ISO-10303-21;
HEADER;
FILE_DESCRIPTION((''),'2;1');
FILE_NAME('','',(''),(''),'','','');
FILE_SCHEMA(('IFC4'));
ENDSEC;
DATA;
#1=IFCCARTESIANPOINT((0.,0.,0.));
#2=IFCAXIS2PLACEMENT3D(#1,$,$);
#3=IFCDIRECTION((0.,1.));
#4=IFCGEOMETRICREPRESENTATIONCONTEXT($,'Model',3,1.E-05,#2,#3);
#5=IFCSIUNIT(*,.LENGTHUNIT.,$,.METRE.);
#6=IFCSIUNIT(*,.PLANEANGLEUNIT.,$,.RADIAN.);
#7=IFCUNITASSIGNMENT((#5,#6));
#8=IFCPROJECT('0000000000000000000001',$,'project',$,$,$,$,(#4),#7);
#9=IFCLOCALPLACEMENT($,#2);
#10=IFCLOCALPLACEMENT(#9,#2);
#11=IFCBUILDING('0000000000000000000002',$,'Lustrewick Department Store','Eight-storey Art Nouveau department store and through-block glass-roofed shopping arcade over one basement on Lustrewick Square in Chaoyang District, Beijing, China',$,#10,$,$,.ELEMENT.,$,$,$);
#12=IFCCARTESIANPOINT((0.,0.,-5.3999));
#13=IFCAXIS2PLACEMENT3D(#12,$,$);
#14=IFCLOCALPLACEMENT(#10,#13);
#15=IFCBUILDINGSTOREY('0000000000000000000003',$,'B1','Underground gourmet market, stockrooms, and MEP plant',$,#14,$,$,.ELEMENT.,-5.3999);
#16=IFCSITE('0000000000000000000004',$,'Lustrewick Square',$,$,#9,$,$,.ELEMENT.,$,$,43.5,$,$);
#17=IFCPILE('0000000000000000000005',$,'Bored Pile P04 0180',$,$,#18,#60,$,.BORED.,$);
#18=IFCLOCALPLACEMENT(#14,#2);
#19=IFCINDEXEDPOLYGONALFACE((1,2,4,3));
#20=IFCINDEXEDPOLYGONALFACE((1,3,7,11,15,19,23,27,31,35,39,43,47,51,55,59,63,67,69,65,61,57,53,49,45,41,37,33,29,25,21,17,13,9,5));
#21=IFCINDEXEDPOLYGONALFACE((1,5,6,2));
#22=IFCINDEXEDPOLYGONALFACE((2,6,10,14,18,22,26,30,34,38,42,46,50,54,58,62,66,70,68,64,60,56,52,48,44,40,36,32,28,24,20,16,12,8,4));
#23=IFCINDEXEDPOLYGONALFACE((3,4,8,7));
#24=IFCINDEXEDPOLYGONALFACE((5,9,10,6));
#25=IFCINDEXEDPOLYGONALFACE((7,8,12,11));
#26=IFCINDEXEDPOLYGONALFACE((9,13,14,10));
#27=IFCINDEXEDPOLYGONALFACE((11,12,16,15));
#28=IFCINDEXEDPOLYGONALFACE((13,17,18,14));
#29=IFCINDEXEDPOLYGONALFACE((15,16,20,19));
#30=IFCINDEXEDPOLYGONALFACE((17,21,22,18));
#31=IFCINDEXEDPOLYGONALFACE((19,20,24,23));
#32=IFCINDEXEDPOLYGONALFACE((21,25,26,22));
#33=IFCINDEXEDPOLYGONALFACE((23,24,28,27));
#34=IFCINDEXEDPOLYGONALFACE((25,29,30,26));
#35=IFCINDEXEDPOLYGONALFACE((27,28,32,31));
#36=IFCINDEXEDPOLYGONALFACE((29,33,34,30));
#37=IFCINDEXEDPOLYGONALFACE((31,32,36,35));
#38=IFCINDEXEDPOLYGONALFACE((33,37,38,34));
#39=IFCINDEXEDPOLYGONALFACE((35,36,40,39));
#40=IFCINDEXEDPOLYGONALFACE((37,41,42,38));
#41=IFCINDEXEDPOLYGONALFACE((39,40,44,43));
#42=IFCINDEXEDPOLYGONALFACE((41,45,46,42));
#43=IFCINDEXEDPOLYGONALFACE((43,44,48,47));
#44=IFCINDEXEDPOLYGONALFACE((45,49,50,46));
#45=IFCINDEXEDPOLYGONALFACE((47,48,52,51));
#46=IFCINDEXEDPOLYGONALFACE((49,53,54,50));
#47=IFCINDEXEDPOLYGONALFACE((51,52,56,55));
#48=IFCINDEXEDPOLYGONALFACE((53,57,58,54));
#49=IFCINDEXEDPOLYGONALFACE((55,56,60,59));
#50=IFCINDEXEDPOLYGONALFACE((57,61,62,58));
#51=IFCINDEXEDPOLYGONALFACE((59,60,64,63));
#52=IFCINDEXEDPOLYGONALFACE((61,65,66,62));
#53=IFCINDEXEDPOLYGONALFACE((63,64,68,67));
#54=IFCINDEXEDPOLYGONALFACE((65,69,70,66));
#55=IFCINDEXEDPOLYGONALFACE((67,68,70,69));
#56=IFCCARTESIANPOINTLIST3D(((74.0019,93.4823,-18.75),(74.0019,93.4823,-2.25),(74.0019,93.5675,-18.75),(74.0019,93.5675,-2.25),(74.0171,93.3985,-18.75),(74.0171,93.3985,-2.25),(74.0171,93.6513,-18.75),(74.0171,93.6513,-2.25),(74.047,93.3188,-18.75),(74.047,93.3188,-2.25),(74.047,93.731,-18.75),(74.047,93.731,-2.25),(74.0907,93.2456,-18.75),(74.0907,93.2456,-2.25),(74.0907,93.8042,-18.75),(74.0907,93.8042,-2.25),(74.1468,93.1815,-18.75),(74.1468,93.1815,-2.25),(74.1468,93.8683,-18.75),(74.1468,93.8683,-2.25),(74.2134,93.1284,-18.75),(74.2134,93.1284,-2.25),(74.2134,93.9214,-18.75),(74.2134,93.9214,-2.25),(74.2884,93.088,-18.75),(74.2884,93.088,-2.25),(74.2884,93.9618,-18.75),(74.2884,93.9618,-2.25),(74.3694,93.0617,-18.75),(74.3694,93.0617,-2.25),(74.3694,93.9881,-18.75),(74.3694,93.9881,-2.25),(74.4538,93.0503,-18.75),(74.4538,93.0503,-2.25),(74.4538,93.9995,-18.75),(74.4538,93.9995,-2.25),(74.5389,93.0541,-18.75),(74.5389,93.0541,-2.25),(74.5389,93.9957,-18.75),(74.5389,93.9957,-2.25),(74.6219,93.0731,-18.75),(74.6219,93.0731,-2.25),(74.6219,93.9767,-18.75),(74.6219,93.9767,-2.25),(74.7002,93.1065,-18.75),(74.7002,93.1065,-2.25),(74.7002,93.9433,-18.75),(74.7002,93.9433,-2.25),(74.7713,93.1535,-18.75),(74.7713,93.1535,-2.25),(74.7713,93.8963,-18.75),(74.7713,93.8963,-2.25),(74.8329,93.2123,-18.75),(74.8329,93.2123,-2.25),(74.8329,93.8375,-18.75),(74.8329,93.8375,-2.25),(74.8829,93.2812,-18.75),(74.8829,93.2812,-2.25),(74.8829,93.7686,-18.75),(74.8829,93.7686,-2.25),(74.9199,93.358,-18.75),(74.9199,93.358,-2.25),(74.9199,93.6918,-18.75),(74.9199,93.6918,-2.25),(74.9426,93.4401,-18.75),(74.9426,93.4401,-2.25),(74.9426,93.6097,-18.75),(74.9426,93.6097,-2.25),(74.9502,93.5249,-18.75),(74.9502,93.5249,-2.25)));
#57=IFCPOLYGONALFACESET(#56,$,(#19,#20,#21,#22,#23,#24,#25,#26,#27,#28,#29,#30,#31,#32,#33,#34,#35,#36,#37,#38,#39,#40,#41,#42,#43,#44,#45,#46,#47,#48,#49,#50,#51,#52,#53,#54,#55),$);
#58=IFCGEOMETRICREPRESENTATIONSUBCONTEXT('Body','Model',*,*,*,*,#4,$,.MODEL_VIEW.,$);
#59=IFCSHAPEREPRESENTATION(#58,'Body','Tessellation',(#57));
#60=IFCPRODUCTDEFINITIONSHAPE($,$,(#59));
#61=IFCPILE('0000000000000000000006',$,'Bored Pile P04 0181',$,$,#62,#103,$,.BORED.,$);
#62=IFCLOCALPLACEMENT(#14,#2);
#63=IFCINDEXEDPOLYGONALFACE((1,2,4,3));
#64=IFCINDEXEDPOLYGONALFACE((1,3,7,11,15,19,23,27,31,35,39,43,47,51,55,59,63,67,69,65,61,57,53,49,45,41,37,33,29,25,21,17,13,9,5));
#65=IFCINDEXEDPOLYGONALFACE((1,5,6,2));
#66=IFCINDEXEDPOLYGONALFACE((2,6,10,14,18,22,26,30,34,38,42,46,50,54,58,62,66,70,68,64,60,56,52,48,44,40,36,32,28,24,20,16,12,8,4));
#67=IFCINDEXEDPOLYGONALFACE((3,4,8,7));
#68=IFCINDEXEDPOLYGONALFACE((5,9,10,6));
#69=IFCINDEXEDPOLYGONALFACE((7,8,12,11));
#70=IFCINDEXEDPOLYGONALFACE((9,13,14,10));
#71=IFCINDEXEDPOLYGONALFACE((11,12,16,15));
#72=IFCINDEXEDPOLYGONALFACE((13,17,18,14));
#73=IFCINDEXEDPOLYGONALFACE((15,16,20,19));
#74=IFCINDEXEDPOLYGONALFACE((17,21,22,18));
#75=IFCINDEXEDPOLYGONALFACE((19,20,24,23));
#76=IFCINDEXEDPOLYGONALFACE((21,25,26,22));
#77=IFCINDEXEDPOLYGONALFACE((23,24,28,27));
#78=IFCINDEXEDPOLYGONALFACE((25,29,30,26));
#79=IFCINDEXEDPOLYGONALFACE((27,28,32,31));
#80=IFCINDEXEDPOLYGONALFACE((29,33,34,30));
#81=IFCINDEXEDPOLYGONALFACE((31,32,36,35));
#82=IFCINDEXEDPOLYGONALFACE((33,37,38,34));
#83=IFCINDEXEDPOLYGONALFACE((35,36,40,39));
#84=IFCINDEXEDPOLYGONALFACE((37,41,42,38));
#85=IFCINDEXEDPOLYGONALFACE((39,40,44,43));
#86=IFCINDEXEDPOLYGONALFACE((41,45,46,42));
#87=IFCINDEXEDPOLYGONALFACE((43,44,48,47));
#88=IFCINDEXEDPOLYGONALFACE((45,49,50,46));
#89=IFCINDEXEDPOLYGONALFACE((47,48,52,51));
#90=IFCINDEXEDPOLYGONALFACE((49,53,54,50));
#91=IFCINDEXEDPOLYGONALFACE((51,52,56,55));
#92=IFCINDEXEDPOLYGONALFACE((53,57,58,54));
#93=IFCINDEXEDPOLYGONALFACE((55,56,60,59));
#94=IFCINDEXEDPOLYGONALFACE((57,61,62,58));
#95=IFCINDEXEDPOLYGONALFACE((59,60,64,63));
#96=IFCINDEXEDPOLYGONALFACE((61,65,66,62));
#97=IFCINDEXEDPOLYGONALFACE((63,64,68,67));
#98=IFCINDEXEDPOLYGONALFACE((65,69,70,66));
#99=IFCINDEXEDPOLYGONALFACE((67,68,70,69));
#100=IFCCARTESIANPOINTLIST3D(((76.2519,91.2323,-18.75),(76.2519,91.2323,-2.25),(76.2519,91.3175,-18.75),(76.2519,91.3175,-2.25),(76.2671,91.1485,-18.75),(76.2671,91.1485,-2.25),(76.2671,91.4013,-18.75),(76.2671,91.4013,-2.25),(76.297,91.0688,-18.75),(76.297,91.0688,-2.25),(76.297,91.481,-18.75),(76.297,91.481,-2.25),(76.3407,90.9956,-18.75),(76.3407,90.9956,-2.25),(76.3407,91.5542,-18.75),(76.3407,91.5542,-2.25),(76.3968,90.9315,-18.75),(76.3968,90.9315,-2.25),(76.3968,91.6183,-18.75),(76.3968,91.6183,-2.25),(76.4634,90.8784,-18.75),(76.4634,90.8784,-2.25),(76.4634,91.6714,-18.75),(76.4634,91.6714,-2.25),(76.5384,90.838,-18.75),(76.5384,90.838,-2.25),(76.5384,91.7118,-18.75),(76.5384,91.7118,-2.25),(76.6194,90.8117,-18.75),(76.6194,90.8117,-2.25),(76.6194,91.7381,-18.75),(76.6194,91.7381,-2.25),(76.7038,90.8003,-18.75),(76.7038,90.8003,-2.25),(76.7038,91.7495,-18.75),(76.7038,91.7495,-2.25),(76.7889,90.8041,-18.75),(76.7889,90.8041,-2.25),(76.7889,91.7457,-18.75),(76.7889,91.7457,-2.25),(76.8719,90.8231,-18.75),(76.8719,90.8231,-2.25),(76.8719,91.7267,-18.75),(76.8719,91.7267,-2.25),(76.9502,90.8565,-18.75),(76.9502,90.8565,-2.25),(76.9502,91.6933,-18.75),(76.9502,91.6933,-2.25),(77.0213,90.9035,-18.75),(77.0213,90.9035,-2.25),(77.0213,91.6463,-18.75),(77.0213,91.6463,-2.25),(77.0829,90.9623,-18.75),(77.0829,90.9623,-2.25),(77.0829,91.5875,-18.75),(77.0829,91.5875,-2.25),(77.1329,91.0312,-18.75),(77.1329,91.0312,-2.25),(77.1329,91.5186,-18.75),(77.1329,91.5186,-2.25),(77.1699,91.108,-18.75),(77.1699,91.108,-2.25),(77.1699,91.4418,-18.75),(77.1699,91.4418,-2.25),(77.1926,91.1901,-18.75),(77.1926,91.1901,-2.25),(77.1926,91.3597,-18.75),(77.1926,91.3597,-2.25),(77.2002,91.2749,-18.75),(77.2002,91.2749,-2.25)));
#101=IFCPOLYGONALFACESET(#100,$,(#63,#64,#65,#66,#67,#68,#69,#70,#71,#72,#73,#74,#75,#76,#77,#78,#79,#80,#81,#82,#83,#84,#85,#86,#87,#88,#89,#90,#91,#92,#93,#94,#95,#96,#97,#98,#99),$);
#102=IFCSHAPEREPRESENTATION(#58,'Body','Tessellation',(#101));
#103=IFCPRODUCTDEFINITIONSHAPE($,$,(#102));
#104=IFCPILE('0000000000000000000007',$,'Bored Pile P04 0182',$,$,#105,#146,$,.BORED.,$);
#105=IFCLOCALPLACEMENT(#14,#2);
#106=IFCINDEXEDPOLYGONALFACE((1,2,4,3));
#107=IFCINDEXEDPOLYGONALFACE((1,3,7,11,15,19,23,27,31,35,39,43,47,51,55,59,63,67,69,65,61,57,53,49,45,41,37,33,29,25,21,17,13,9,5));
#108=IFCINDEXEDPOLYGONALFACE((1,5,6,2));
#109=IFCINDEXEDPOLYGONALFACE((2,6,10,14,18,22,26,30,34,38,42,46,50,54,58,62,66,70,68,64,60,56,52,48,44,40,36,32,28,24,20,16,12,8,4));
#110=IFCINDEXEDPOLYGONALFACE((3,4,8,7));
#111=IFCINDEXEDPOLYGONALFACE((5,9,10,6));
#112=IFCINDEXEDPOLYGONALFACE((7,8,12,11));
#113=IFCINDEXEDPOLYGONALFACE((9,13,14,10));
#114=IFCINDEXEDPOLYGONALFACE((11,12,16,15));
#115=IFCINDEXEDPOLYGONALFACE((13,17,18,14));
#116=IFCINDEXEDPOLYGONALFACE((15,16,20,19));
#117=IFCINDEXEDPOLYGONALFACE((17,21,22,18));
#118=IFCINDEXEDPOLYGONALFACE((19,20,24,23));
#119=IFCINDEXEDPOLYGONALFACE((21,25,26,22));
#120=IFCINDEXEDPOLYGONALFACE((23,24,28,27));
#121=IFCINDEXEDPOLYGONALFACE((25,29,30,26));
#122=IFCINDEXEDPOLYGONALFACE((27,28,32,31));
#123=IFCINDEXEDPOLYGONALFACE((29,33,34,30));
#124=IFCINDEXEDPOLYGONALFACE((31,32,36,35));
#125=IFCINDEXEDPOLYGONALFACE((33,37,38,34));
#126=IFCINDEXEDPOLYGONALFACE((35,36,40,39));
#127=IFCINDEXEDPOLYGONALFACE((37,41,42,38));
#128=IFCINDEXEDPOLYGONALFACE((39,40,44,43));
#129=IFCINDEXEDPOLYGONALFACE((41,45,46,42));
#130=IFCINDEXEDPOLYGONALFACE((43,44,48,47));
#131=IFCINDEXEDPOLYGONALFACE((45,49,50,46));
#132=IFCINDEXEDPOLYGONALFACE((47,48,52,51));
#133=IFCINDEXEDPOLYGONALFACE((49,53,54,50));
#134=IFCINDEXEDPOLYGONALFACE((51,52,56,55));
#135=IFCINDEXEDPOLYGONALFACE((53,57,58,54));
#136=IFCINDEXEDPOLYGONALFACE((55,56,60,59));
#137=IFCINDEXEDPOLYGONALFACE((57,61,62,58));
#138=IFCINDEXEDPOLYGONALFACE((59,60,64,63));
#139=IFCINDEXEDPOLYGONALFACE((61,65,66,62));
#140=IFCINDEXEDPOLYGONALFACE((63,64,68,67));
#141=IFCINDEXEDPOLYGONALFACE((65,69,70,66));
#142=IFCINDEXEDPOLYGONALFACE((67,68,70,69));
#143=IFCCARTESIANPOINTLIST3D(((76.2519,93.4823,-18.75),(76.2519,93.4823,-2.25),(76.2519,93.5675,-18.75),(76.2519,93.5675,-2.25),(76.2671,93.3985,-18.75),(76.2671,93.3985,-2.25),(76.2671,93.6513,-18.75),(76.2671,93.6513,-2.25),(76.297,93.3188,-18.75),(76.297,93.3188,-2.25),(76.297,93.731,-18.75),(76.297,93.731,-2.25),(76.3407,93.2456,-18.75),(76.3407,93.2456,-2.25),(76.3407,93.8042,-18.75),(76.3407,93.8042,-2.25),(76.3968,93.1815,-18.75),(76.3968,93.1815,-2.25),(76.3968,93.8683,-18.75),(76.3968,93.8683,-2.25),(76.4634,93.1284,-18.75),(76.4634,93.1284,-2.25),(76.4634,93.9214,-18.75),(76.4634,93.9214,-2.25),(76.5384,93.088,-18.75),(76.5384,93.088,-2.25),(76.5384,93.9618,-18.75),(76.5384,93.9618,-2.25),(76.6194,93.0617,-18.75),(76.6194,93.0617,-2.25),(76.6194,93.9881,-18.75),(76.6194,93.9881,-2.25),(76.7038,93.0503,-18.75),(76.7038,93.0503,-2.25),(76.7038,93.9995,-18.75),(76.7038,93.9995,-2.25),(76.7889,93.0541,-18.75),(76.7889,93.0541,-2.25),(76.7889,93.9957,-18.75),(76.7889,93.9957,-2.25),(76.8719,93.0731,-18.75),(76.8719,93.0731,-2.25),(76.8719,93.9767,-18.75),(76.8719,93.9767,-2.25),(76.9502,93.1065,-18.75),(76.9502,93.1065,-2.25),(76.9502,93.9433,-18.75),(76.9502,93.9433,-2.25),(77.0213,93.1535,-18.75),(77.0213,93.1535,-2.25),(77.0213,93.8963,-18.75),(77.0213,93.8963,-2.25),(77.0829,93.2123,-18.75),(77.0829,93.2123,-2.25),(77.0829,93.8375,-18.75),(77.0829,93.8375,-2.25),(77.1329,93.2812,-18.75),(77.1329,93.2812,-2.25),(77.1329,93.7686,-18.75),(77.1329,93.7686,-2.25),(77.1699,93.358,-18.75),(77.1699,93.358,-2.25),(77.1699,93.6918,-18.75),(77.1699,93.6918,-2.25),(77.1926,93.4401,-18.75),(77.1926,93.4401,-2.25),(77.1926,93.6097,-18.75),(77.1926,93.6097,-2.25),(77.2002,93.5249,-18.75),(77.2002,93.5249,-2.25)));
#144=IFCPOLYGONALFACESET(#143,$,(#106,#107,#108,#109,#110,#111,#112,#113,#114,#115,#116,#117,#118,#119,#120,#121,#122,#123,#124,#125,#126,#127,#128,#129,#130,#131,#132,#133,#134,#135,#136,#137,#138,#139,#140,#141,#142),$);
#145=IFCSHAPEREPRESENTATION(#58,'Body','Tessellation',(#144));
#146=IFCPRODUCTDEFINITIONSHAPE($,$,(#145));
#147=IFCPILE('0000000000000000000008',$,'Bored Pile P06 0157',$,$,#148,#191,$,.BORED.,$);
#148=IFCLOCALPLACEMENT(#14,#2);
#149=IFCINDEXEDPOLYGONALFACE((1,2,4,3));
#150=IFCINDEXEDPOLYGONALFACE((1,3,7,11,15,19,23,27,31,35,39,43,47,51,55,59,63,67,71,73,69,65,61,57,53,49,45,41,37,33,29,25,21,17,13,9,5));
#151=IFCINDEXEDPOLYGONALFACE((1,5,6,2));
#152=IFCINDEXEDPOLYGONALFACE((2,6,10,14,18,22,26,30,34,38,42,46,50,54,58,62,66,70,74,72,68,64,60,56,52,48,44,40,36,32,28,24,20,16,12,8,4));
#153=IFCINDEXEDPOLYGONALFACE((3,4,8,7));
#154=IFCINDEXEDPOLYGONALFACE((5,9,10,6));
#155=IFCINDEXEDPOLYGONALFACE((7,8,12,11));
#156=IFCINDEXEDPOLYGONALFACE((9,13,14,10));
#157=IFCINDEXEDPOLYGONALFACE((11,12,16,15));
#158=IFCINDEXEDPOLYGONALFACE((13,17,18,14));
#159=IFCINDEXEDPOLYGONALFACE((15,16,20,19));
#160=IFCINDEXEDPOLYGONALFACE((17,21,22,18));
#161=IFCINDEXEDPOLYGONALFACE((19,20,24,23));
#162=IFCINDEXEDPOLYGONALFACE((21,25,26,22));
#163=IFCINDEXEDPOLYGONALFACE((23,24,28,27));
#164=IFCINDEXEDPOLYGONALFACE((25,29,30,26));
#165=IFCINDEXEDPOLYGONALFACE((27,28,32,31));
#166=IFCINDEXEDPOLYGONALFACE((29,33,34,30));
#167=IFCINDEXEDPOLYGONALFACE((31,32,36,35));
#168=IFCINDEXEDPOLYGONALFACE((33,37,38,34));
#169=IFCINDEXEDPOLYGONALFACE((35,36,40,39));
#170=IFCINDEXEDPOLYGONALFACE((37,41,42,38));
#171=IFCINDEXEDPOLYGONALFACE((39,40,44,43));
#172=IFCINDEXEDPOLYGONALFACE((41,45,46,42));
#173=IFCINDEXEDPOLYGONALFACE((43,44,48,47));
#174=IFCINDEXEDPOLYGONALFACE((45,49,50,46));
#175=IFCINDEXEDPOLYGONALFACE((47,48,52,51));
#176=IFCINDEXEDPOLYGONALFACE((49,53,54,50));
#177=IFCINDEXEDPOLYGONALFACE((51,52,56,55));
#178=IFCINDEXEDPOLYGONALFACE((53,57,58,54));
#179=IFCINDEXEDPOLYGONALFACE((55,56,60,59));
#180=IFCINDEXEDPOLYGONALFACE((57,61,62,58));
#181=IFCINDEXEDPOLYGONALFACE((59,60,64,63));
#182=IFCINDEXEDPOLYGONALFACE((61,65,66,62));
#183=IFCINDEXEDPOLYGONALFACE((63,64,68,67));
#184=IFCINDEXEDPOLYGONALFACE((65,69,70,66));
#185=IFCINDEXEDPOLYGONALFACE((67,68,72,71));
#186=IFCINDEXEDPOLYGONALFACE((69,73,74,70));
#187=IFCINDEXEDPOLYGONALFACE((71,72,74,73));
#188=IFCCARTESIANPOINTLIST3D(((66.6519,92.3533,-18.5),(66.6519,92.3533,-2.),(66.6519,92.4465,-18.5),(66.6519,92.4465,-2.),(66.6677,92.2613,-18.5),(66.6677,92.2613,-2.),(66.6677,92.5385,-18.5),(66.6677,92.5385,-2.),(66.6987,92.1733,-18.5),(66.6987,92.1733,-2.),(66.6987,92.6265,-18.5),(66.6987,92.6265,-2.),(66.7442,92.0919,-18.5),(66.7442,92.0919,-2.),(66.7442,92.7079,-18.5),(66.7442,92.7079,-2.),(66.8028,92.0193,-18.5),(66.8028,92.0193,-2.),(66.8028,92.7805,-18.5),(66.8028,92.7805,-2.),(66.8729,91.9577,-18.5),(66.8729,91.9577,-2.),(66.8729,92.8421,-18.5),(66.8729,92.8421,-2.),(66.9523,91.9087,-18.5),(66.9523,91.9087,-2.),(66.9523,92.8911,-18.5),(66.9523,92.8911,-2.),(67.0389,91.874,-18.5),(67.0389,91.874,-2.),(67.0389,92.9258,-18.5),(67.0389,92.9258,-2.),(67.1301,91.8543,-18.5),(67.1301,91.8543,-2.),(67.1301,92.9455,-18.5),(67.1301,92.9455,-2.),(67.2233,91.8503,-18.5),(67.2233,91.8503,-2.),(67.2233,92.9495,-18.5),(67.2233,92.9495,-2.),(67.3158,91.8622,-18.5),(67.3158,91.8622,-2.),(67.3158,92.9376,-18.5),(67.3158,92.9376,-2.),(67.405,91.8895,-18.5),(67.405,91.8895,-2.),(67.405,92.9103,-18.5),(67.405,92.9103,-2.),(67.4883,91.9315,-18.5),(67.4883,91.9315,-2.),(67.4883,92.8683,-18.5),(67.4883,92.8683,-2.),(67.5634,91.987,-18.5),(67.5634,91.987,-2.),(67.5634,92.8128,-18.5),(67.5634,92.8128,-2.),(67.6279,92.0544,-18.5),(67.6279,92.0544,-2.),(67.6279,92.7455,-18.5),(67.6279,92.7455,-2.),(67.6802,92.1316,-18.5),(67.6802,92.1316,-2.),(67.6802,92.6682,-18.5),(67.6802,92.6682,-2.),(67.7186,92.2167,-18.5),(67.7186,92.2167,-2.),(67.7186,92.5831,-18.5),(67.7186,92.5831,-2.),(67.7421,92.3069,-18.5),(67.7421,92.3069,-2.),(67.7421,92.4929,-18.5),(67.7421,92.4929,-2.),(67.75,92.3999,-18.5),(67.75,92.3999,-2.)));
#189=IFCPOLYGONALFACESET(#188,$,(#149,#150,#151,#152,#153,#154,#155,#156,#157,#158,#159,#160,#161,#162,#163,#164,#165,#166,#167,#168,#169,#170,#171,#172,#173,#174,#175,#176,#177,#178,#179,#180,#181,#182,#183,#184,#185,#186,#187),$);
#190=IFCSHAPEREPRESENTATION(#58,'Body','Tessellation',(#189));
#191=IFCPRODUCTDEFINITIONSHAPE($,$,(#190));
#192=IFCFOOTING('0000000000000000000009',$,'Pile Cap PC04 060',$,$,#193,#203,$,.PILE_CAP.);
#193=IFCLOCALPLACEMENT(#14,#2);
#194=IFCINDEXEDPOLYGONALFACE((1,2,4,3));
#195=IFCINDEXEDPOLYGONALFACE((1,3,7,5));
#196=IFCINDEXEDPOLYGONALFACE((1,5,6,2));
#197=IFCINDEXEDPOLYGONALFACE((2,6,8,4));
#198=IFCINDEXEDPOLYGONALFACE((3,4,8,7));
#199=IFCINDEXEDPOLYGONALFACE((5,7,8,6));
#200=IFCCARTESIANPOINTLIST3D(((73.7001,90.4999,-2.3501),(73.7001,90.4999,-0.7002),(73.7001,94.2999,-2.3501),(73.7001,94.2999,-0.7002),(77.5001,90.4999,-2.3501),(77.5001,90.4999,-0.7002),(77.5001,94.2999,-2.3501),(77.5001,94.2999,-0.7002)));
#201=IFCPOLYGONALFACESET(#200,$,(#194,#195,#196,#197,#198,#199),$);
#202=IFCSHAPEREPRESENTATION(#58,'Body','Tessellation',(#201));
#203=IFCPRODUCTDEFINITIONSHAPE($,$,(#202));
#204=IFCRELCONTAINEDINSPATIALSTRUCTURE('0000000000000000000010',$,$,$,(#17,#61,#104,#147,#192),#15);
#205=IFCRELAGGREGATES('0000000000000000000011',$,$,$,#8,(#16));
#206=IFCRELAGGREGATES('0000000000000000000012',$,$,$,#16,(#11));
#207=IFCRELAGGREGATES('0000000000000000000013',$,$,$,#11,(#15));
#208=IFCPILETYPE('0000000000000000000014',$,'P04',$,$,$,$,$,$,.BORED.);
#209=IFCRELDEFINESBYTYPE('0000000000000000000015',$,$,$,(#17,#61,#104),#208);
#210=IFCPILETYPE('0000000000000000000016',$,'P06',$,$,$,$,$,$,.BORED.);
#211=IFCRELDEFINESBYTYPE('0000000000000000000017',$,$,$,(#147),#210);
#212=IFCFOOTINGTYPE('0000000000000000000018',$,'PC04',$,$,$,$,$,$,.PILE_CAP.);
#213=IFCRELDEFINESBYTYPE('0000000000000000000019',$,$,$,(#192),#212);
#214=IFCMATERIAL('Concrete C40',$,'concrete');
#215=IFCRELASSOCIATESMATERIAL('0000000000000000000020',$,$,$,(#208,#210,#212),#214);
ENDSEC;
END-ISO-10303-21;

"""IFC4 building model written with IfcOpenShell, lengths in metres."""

from ifc_helpers import new_model, si_unit, direction, frame, origin, origin_2d, place, context, subcontext, project, spatial, rectangle, circle, extrude, material, material_profile, profile_set, type_object, element, save


model = new_model("IFC4")

# Units and contexts
model_context = context("Model", 3, precision=1e-05, world=origin(), true_north=direction((0.0, 1.0)))
body_context = subcontext(model_context, "Body", "Model", "MODEL_VIEW")
ifc_project = project(units=[si_unit("LENGTHUNIT", "METRE"), si_unit("PLANEANGLEUNIT", "RADIAN")], contexts=[model_context])

# Site, building, storey
site_placement = place(None, origin())
site = spatial("IfcSite", under=ifc_project, at=site_placement, Name="Lustrewick Square", CompositionType="ELEMENT", RefElevation=43.5)
building_placement = place(site_placement, origin())
building = spatial("IfcBuilding", under=site, at=building_placement, Name="Lustrewick Department Store", Description="Eight-storey Art Nouveau department store and through-block glass-roofed shopping arcade over one basement on Lustrewick Square in Chaoyang District, Beijing, China", CompositionType="ELEMENT")
storey_placement = place(building_placement, frame((0.0, 0.0, -5.3999)))
storey = spatial("IfcBuildingStorey", under=building, at=storey_placement, Name="B1", Description="Underground gourmet market, stockrooms, and MEP plant", CompositionType="ELEMENT", Elevation=-5.3999)

# Piles
ifc_material_1 = material(Name="Concrete C40", Category="concrete")
ifc_material_profile_1 = material_profile(ifc_material_1, circle(Radius=0.4751, at=origin_2d()), Name="PILE D950")
ifc_profile_set_1 = profile_set([ifc_material_profile_1], Name="Concrete C40")
pile_type_1 = type_object("IfcPileType", Name="P04", PredefinedType="BORED", material=ifc_profile_set_1)
for number, where, z_axis, x_axis, name in (
    (1, (74.4751, 93.5249, -2.25), (0.0, 0.0, -1.0), (1.0, 0.0, 0.0), "Bored Pile P04 0180"),
    (2, (76.7251, 91.2749, -2.25), (0.0, 0.0, -1.0), (1.0, 0.0, 0.0), "Bored Pile P04 0181"),
    (3, (76.7251, 93.5249, -2.25), (0.0, 0.0, -1.0), (1.0, 0.0, 0.0), "Bored Pile P04 0182"),
):
    element("IfcPile", number, at=place(storey_placement, frame(where, z_axis=z_axis, x_axis=x_axis)), inside=storey, type_object=pile_type_1, Name=name, PredefinedType="BORED", context=body_context, shape_type="SweptSolid", body=[
        extrude(circle(Radius=0.4751, at=origin_2d()), origin(), (0.0, 0.0, 1.0), 16.5),
    ])
ifc_material_profile_2 = material_profile(ifc_material_1, circle(Radius=0.55, at=origin_2d()), Name="PILE D1100")
ifc_profile_set_2 = profile_set([ifc_material_profile_2], Name="Concrete C40")
pile_type_2 = type_object("IfcPileType", Name="P06", PredefinedType="BORED", material=ifc_profile_set_2)
pile_1_placement = place(storey_placement, frame((67.2, 92.3999, -2.0), z_axis=(0.0, 0.0, -1.0), x_axis=(1.0, 0.0, 0.0)))
element("IfcPile", 4, at=pile_1_placement, inside=storey, type_object=pile_type_2, Name="Bored Pile P06 0157", PredefinedType="BORED", context=body_context, shape_type="SweptSolid", body=[
    extrude(circle(Radius=0.55, at=origin_2d()), origin(), (0.0, 0.0, 1.0), 16.5),
])

# Footing
footing_type_1 = type_object("IfcFootingType", Name="PC04", PredefinedType="PILE_CAP", material=ifc_material_1)
footing_1_placement = place(storey_placement, frame((75.6001, 92.3999, -2.3501), z_axis=(0.0, 0.0, 1.0), x_axis=(1.0, 0.0, 0.0)))
element("IfcFooting", 5, at=footing_1_placement, inside=storey, type_object=footing_type_1, Name="Pile Cap PC04 060", PredefinedType="PILE_CAP", context=body_context, shape_type="SweptSolid", body=[
    extrude(rectangle(XDim=3.8, YDim=3.8, at=origin_2d()), origin(), (0.0, 0.0, 1.0), 1.6499),
])

save(model, "model.ifc")
